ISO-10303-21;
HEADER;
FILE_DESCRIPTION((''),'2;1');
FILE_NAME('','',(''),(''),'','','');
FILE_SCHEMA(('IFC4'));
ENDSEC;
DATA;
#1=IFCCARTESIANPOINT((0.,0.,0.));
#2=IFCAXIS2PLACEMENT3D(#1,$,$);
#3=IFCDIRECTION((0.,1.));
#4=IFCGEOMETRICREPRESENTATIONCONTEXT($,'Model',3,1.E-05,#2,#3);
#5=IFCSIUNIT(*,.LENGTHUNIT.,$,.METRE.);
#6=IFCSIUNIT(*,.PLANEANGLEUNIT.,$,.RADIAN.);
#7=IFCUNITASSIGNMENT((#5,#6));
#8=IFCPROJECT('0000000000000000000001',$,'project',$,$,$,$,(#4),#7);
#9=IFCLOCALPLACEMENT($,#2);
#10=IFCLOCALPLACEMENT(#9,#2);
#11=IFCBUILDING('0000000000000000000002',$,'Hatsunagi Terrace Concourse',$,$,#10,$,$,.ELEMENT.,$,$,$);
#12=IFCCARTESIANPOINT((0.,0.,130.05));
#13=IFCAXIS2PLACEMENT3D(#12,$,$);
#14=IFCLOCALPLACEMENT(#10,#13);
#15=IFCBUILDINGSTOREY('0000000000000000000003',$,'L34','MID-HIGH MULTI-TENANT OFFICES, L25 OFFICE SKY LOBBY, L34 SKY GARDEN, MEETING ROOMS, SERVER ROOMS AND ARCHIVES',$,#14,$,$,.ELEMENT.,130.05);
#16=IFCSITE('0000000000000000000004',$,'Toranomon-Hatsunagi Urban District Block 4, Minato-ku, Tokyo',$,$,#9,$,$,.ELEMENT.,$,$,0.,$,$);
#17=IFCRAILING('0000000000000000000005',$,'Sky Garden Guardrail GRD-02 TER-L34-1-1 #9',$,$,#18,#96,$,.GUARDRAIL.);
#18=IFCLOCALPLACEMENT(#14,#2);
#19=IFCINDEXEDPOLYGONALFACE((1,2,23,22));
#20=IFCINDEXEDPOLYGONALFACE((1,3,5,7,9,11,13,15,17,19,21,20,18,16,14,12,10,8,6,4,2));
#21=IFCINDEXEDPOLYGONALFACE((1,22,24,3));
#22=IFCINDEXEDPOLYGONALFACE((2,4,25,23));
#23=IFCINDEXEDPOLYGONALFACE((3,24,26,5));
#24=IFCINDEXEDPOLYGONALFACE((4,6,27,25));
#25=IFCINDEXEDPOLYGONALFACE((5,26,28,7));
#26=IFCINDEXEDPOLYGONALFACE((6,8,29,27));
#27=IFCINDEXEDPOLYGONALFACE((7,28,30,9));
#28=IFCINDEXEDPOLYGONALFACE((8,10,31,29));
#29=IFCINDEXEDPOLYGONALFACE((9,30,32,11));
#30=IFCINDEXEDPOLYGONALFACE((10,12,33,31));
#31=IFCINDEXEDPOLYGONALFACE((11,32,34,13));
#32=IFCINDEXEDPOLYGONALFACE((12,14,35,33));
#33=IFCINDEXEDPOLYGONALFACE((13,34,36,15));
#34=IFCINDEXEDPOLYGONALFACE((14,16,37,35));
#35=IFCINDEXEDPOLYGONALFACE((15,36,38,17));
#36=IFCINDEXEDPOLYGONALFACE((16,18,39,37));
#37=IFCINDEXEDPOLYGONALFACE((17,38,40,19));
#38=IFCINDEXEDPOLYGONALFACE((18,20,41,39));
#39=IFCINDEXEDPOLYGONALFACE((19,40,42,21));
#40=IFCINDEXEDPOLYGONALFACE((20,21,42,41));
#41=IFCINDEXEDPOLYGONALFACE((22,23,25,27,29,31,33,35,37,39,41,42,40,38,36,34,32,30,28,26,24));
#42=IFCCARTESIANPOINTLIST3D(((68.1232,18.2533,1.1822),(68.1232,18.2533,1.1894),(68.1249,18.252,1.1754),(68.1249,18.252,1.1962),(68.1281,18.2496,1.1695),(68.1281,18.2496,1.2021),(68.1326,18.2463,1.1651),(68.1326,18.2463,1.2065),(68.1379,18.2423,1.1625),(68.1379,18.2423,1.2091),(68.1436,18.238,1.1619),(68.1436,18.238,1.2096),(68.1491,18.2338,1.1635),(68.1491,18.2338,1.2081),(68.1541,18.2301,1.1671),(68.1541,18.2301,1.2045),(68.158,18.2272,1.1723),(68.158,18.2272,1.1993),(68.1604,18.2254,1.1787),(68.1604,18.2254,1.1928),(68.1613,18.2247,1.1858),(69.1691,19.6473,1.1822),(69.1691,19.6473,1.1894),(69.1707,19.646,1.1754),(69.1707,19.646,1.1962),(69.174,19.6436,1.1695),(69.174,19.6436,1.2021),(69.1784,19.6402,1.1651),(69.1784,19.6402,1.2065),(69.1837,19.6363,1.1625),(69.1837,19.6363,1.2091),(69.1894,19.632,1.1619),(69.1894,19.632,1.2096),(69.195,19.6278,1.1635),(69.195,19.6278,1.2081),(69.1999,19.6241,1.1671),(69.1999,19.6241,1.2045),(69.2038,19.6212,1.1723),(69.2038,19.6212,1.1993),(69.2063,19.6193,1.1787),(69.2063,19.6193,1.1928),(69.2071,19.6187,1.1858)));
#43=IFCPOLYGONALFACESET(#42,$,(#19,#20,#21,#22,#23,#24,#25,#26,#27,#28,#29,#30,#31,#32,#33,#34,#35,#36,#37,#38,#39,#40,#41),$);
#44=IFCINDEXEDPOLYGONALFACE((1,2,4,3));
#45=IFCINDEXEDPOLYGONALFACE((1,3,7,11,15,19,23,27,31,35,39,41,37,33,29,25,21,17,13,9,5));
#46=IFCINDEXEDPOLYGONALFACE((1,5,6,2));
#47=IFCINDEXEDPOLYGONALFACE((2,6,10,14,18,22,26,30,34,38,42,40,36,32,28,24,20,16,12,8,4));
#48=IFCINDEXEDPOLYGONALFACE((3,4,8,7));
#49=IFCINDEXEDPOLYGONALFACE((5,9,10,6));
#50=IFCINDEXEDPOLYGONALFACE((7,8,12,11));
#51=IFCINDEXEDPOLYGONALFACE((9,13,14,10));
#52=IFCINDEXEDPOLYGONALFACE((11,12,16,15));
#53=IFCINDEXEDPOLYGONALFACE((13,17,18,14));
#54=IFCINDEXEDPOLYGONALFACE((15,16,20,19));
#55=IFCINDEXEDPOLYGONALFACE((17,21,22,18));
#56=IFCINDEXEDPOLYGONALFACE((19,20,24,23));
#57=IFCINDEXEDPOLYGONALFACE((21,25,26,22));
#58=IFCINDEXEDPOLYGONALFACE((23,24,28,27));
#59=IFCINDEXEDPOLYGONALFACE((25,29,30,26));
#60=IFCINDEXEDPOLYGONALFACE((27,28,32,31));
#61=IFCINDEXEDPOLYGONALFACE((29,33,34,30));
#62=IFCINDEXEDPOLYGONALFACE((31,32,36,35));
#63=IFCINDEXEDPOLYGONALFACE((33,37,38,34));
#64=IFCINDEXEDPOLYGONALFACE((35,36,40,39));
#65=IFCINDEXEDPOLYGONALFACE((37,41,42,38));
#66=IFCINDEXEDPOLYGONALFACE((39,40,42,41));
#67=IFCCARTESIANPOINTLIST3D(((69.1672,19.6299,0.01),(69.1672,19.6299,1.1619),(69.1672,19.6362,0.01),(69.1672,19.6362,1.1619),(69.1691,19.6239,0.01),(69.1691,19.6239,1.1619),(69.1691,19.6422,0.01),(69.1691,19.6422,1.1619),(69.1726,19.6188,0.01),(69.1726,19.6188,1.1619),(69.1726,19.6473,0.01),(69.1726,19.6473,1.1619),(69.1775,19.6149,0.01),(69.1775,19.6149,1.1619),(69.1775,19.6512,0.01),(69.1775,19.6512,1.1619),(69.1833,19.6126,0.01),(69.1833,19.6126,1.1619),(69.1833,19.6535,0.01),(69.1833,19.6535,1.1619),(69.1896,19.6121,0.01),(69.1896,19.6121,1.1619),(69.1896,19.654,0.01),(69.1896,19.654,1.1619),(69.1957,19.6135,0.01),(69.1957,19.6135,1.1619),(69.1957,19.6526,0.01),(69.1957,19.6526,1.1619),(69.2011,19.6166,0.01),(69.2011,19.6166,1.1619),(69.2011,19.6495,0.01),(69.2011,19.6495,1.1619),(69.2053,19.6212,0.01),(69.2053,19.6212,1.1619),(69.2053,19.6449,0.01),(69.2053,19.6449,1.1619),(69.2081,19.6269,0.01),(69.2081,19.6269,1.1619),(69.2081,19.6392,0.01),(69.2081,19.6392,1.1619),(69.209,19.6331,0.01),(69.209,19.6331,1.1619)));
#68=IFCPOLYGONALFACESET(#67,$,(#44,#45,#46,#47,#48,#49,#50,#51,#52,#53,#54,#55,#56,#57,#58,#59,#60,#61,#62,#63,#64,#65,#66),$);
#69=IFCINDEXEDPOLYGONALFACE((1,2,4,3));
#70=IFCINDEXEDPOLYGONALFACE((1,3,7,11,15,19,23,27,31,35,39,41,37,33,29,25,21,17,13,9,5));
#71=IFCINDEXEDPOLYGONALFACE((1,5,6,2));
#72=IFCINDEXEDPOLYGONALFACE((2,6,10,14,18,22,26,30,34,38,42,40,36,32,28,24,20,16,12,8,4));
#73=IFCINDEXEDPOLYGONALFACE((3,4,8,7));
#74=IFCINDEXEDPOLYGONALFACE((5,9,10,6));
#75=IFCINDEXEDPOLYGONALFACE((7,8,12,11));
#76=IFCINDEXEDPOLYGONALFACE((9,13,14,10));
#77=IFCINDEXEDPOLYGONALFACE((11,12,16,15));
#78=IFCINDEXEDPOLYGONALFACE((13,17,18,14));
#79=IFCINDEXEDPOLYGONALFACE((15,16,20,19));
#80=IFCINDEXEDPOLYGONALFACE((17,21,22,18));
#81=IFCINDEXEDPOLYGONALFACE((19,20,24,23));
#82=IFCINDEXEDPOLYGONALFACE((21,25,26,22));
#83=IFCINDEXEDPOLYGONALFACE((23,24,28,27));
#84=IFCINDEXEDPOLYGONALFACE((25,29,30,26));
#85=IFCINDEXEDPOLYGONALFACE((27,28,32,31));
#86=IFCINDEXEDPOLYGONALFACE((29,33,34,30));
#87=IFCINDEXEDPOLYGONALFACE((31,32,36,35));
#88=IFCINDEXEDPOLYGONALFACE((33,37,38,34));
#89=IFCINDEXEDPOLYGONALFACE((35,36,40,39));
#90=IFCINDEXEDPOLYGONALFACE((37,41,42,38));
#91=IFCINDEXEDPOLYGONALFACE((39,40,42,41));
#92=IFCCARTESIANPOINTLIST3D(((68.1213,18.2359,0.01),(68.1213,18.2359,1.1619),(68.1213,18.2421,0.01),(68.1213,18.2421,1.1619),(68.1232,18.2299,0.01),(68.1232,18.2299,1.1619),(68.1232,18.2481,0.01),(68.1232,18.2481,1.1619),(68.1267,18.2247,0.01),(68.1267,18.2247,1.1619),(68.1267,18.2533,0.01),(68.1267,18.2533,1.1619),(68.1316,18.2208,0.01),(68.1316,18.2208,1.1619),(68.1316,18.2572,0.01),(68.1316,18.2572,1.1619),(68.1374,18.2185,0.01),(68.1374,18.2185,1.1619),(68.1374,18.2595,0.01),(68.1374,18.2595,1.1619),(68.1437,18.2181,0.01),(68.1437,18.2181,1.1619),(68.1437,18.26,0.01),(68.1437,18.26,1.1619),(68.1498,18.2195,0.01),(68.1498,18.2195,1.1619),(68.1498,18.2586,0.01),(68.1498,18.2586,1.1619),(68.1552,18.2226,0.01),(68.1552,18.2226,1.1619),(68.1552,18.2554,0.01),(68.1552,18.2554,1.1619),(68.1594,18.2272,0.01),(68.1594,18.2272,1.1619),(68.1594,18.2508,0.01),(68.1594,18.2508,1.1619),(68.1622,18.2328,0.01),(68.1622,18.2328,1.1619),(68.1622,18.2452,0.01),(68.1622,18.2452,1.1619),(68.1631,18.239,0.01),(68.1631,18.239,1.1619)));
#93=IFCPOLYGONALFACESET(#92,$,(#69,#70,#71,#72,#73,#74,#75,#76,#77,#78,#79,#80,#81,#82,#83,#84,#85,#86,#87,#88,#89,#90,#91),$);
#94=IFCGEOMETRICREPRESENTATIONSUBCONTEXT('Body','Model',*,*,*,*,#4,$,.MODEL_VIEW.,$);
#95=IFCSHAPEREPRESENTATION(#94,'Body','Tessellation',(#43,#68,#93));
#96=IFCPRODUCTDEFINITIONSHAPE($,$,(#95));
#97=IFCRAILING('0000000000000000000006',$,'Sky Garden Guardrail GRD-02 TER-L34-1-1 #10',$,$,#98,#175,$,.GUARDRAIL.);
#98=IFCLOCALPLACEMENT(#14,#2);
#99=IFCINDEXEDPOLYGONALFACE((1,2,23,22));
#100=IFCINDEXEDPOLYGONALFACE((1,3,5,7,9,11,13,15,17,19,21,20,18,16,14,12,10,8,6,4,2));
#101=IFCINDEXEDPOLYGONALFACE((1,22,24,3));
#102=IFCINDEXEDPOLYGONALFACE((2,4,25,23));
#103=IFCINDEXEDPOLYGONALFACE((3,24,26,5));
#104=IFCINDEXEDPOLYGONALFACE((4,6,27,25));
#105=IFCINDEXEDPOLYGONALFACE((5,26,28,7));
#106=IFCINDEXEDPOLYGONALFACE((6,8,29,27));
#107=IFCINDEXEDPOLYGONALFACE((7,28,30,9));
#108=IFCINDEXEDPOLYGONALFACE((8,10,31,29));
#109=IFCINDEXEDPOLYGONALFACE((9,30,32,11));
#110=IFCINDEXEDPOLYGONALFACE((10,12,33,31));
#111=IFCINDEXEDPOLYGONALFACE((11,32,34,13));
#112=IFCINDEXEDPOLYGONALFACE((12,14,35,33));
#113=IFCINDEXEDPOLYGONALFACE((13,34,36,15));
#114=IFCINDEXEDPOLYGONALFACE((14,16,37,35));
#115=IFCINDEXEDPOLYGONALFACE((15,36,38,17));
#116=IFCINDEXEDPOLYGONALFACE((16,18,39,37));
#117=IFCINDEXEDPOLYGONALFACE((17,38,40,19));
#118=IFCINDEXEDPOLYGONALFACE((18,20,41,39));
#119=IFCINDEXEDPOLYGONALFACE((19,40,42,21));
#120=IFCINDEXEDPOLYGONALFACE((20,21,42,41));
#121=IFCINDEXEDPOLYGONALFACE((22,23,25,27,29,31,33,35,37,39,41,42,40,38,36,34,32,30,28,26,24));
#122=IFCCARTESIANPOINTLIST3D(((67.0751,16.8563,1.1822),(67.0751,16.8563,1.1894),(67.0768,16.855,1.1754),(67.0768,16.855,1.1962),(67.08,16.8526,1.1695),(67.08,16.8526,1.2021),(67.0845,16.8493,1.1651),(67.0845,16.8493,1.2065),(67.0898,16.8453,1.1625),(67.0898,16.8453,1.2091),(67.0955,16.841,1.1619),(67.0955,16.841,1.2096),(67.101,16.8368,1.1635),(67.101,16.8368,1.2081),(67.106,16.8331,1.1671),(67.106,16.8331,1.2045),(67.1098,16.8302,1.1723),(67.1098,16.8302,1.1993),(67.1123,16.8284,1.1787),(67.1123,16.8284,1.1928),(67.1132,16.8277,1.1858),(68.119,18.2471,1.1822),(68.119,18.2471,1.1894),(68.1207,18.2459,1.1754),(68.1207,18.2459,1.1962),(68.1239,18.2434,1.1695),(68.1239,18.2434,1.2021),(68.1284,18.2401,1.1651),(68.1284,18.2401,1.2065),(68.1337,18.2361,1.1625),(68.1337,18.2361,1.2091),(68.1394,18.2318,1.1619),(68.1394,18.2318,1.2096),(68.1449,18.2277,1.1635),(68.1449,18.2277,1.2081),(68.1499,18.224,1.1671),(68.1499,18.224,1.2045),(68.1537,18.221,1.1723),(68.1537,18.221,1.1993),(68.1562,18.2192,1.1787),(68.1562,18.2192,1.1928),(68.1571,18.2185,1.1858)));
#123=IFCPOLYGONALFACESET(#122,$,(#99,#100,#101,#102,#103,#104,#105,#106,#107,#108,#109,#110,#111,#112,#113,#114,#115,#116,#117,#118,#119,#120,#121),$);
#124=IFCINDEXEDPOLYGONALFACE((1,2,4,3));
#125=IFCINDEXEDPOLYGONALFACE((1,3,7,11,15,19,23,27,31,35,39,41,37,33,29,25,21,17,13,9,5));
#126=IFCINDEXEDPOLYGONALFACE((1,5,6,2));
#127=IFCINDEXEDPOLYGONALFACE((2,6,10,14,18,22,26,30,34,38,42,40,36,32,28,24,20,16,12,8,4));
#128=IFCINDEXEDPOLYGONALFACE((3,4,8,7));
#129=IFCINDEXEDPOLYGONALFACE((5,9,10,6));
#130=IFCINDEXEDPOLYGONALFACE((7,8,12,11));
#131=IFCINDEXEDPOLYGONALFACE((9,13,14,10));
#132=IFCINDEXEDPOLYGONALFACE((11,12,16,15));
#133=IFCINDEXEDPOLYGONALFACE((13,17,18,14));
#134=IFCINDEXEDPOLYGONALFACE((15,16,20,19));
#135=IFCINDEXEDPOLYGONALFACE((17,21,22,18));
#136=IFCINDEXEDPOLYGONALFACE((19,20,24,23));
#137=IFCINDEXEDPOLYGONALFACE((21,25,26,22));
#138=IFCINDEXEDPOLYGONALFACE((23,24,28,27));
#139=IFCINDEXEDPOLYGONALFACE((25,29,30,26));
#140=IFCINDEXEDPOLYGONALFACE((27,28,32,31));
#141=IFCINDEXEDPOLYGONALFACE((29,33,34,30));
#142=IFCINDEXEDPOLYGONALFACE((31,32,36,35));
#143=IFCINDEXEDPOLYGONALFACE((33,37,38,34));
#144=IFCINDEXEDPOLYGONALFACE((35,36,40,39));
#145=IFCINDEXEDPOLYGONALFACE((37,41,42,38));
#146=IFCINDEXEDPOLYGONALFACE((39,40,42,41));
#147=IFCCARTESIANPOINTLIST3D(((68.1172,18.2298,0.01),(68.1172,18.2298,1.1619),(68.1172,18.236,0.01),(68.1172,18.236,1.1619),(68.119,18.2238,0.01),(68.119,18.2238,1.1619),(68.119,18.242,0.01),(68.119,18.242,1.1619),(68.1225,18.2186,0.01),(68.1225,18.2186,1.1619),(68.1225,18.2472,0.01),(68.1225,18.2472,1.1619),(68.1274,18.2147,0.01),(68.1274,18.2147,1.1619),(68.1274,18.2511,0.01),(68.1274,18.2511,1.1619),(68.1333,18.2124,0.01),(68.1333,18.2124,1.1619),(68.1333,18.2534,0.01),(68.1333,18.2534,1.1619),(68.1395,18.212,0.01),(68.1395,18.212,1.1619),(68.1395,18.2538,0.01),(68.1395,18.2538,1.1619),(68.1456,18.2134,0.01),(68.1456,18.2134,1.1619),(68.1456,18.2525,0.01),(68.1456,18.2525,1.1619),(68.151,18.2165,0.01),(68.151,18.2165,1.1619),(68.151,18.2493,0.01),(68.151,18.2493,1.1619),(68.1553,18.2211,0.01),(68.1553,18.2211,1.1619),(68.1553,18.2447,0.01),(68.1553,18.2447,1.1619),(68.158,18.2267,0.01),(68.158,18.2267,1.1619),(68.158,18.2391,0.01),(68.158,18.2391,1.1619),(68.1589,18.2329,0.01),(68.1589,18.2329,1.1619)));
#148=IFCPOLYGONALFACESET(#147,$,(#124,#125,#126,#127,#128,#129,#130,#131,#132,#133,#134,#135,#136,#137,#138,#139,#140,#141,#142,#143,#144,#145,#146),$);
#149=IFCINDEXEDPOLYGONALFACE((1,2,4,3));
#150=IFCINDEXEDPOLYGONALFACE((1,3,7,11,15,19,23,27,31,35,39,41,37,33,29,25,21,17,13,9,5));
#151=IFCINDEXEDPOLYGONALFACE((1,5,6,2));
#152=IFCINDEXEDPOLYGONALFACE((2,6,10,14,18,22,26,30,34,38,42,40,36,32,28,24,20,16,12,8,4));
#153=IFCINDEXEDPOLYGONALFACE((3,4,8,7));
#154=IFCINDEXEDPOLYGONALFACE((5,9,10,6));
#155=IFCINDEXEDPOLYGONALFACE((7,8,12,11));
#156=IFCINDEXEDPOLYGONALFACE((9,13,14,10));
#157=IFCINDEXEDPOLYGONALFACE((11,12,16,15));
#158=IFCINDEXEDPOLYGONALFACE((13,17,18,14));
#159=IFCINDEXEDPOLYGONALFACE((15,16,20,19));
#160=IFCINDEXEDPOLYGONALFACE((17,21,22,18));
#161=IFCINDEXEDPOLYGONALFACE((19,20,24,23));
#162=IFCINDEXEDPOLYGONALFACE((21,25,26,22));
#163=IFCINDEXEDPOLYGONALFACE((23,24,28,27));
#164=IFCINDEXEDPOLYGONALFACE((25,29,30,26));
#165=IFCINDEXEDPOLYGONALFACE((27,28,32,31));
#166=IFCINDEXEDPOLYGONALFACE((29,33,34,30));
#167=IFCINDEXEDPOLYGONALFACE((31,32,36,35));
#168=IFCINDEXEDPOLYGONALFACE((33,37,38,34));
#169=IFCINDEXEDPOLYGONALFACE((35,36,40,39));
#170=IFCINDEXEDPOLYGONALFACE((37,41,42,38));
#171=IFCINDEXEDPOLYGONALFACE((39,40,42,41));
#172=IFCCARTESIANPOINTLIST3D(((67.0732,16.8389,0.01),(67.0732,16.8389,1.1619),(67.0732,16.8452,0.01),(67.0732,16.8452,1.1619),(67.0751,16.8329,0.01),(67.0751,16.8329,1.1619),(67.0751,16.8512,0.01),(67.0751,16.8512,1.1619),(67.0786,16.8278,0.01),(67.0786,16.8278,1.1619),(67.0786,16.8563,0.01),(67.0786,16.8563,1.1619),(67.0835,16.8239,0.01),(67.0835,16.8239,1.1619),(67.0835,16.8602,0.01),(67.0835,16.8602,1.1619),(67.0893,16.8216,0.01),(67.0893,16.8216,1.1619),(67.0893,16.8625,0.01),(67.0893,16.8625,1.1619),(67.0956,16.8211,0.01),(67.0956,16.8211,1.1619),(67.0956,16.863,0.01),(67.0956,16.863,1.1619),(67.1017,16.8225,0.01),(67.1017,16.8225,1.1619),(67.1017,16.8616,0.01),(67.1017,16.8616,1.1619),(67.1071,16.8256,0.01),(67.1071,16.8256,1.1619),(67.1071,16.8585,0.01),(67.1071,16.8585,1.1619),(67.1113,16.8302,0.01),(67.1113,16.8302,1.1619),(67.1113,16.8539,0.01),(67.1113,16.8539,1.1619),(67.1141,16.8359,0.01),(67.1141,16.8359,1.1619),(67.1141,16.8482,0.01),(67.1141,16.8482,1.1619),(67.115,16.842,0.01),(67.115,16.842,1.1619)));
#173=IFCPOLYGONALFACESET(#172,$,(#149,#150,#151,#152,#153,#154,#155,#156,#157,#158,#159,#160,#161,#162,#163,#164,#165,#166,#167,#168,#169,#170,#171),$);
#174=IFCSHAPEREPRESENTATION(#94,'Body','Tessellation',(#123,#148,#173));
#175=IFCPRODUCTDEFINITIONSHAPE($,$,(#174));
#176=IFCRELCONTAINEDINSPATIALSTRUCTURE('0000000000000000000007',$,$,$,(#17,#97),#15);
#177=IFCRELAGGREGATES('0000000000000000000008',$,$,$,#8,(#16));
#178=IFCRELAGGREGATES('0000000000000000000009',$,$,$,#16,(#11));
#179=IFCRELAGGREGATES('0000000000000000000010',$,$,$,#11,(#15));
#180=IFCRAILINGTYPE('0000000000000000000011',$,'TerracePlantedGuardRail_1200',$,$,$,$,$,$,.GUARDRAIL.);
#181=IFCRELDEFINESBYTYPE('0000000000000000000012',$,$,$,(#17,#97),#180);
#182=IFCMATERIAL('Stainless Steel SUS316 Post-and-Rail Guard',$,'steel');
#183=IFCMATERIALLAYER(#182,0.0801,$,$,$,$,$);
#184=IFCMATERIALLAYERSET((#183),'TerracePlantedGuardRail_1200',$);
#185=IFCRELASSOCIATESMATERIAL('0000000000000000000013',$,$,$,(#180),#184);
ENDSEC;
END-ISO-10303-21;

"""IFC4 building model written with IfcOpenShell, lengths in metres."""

from ifc_helpers import new_model, si_unit, direction, frame, origin, origin_2d, place, context, subcontext, project, spatial, circle, extrude, material, layer, layer_set, type_object, element, save


model = new_model("IFC4")

# Units and contexts
model_context = context("Model", 3, precision=1e-05, world=origin(), true_north=direction((0.0, 1.0)))
body_context = subcontext(model_context, "Body", "Model", "MODEL_VIEW")
ifc_project = project(units=[si_unit("LENGTHUNIT", "METRE"), si_unit("PLANEANGLEUNIT", "RADIAN")], contexts=[model_context])

# Site, building, storey
site_placement = place(None, origin())
site = spatial("IfcSite", under=ifc_project, at=site_placement, Name="Toranomon-Hatsunagi Urban District Block 4, Minato-ku, Tokyo", CompositionType="ELEMENT", RefElevation=0.0)
building_placement = place(site_placement, origin())
building = spatial("IfcBuilding", under=site, at=building_placement, Name="Hatsunagi Terrace Concourse", CompositionType="ELEMENT")
storey_placement = place(building_placement, frame((0.0, 0.0, 130.05)))
storey = spatial("IfcBuildingStorey", under=building, at=storey_placement, Name="L34", Description="MID-HIGH MULTI-TENANT OFFICES, L25 OFFICE SKY LOBBY, L34 SKY GARDEN, MEETING ROOMS, SERVER ROOMS AND ARCHIVES", CompositionType="ELEMENT", Elevation=130.05)

# Railings
ifc_material_1 = material(Name="Stainless Steel SUS316 Post-and-Rail Guard", Category="steel")
ifc_layer_1 = layer(ifc_material_1, 0.0801)
ifc_layer_set_1 = layer_set([ifc_layer_1], Name="TerracePlantedGuardRail_1200")
railing_type = type_object("IfcRailingType", Name="TerracePlantedGuardRail_1200", PredefinedType="GUARDRAIL", material=ifc_layer_set_1)
railing_1_placement = place(storey_placement, frame((69.188, 19.6331, 0.01)))
element("IfcRailing", 1, at=railing_1_placement, inside=storey, type_object=railing_type, Name="Sky Garden Guardrail GRD-02 TER-L34-1-1 #9", PredefinedType="GUARDRAIL", context=body_context, shape_type="SweptSolid", body=[
    extrude(circle(Radius=0.0239, at=origin_2d()), frame((0.0, 0.0, 1.1758), z_axis=(-0.600134, -0.799899, 0.0), x_axis=(0.799899, -0.600134, 0.0)), (0.0, 0.0, 1.0), 1.7427),
    extrude(circle(Radius=0.021, at=origin_2d()), origin(), (0.0, 0.0, 1.0), 1.1519),
    extrude(circle(Radius=0.021, at=origin_2d()), frame((-1.0459, -1.394, 0.0)), (0.0, 0.0, 1.0), 1.1519),
])
railing_2_placement = place(storey_placement, frame((68.1379, 18.2329, 0.01)))
element("IfcRailing", 2, at=railing_2_placement, inside=storey, type_object=railing_type, Name="Sky Garden Guardrail GRD-02 TER-L34-1-1 #10", PredefinedType="GUARDRAIL", context=body_context, shape_type="SweptSolid", body=[
    extrude(circle(Radius=0.0239, at=origin_2d()), frame((0.0, 0.0, 1.1758), z_axis=(-0.600292, -0.799781, 0.0), x_axis=(0.799781, -0.600292, 0.0)), (0.0, 0.0, 1.0), 1.739),
    extrude(circle(Radius=0.021, at=origin_2d()), origin(), (0.0, 0.0, 1.0), 1.1519),
    extrude(circle(Radius=0.021, at=origin_2d()), frame((-1.0439, -1.3909, 0.0)), (0.0, 0.0, 1.0), 1.1519),
])

save(model, "model.ifc")
